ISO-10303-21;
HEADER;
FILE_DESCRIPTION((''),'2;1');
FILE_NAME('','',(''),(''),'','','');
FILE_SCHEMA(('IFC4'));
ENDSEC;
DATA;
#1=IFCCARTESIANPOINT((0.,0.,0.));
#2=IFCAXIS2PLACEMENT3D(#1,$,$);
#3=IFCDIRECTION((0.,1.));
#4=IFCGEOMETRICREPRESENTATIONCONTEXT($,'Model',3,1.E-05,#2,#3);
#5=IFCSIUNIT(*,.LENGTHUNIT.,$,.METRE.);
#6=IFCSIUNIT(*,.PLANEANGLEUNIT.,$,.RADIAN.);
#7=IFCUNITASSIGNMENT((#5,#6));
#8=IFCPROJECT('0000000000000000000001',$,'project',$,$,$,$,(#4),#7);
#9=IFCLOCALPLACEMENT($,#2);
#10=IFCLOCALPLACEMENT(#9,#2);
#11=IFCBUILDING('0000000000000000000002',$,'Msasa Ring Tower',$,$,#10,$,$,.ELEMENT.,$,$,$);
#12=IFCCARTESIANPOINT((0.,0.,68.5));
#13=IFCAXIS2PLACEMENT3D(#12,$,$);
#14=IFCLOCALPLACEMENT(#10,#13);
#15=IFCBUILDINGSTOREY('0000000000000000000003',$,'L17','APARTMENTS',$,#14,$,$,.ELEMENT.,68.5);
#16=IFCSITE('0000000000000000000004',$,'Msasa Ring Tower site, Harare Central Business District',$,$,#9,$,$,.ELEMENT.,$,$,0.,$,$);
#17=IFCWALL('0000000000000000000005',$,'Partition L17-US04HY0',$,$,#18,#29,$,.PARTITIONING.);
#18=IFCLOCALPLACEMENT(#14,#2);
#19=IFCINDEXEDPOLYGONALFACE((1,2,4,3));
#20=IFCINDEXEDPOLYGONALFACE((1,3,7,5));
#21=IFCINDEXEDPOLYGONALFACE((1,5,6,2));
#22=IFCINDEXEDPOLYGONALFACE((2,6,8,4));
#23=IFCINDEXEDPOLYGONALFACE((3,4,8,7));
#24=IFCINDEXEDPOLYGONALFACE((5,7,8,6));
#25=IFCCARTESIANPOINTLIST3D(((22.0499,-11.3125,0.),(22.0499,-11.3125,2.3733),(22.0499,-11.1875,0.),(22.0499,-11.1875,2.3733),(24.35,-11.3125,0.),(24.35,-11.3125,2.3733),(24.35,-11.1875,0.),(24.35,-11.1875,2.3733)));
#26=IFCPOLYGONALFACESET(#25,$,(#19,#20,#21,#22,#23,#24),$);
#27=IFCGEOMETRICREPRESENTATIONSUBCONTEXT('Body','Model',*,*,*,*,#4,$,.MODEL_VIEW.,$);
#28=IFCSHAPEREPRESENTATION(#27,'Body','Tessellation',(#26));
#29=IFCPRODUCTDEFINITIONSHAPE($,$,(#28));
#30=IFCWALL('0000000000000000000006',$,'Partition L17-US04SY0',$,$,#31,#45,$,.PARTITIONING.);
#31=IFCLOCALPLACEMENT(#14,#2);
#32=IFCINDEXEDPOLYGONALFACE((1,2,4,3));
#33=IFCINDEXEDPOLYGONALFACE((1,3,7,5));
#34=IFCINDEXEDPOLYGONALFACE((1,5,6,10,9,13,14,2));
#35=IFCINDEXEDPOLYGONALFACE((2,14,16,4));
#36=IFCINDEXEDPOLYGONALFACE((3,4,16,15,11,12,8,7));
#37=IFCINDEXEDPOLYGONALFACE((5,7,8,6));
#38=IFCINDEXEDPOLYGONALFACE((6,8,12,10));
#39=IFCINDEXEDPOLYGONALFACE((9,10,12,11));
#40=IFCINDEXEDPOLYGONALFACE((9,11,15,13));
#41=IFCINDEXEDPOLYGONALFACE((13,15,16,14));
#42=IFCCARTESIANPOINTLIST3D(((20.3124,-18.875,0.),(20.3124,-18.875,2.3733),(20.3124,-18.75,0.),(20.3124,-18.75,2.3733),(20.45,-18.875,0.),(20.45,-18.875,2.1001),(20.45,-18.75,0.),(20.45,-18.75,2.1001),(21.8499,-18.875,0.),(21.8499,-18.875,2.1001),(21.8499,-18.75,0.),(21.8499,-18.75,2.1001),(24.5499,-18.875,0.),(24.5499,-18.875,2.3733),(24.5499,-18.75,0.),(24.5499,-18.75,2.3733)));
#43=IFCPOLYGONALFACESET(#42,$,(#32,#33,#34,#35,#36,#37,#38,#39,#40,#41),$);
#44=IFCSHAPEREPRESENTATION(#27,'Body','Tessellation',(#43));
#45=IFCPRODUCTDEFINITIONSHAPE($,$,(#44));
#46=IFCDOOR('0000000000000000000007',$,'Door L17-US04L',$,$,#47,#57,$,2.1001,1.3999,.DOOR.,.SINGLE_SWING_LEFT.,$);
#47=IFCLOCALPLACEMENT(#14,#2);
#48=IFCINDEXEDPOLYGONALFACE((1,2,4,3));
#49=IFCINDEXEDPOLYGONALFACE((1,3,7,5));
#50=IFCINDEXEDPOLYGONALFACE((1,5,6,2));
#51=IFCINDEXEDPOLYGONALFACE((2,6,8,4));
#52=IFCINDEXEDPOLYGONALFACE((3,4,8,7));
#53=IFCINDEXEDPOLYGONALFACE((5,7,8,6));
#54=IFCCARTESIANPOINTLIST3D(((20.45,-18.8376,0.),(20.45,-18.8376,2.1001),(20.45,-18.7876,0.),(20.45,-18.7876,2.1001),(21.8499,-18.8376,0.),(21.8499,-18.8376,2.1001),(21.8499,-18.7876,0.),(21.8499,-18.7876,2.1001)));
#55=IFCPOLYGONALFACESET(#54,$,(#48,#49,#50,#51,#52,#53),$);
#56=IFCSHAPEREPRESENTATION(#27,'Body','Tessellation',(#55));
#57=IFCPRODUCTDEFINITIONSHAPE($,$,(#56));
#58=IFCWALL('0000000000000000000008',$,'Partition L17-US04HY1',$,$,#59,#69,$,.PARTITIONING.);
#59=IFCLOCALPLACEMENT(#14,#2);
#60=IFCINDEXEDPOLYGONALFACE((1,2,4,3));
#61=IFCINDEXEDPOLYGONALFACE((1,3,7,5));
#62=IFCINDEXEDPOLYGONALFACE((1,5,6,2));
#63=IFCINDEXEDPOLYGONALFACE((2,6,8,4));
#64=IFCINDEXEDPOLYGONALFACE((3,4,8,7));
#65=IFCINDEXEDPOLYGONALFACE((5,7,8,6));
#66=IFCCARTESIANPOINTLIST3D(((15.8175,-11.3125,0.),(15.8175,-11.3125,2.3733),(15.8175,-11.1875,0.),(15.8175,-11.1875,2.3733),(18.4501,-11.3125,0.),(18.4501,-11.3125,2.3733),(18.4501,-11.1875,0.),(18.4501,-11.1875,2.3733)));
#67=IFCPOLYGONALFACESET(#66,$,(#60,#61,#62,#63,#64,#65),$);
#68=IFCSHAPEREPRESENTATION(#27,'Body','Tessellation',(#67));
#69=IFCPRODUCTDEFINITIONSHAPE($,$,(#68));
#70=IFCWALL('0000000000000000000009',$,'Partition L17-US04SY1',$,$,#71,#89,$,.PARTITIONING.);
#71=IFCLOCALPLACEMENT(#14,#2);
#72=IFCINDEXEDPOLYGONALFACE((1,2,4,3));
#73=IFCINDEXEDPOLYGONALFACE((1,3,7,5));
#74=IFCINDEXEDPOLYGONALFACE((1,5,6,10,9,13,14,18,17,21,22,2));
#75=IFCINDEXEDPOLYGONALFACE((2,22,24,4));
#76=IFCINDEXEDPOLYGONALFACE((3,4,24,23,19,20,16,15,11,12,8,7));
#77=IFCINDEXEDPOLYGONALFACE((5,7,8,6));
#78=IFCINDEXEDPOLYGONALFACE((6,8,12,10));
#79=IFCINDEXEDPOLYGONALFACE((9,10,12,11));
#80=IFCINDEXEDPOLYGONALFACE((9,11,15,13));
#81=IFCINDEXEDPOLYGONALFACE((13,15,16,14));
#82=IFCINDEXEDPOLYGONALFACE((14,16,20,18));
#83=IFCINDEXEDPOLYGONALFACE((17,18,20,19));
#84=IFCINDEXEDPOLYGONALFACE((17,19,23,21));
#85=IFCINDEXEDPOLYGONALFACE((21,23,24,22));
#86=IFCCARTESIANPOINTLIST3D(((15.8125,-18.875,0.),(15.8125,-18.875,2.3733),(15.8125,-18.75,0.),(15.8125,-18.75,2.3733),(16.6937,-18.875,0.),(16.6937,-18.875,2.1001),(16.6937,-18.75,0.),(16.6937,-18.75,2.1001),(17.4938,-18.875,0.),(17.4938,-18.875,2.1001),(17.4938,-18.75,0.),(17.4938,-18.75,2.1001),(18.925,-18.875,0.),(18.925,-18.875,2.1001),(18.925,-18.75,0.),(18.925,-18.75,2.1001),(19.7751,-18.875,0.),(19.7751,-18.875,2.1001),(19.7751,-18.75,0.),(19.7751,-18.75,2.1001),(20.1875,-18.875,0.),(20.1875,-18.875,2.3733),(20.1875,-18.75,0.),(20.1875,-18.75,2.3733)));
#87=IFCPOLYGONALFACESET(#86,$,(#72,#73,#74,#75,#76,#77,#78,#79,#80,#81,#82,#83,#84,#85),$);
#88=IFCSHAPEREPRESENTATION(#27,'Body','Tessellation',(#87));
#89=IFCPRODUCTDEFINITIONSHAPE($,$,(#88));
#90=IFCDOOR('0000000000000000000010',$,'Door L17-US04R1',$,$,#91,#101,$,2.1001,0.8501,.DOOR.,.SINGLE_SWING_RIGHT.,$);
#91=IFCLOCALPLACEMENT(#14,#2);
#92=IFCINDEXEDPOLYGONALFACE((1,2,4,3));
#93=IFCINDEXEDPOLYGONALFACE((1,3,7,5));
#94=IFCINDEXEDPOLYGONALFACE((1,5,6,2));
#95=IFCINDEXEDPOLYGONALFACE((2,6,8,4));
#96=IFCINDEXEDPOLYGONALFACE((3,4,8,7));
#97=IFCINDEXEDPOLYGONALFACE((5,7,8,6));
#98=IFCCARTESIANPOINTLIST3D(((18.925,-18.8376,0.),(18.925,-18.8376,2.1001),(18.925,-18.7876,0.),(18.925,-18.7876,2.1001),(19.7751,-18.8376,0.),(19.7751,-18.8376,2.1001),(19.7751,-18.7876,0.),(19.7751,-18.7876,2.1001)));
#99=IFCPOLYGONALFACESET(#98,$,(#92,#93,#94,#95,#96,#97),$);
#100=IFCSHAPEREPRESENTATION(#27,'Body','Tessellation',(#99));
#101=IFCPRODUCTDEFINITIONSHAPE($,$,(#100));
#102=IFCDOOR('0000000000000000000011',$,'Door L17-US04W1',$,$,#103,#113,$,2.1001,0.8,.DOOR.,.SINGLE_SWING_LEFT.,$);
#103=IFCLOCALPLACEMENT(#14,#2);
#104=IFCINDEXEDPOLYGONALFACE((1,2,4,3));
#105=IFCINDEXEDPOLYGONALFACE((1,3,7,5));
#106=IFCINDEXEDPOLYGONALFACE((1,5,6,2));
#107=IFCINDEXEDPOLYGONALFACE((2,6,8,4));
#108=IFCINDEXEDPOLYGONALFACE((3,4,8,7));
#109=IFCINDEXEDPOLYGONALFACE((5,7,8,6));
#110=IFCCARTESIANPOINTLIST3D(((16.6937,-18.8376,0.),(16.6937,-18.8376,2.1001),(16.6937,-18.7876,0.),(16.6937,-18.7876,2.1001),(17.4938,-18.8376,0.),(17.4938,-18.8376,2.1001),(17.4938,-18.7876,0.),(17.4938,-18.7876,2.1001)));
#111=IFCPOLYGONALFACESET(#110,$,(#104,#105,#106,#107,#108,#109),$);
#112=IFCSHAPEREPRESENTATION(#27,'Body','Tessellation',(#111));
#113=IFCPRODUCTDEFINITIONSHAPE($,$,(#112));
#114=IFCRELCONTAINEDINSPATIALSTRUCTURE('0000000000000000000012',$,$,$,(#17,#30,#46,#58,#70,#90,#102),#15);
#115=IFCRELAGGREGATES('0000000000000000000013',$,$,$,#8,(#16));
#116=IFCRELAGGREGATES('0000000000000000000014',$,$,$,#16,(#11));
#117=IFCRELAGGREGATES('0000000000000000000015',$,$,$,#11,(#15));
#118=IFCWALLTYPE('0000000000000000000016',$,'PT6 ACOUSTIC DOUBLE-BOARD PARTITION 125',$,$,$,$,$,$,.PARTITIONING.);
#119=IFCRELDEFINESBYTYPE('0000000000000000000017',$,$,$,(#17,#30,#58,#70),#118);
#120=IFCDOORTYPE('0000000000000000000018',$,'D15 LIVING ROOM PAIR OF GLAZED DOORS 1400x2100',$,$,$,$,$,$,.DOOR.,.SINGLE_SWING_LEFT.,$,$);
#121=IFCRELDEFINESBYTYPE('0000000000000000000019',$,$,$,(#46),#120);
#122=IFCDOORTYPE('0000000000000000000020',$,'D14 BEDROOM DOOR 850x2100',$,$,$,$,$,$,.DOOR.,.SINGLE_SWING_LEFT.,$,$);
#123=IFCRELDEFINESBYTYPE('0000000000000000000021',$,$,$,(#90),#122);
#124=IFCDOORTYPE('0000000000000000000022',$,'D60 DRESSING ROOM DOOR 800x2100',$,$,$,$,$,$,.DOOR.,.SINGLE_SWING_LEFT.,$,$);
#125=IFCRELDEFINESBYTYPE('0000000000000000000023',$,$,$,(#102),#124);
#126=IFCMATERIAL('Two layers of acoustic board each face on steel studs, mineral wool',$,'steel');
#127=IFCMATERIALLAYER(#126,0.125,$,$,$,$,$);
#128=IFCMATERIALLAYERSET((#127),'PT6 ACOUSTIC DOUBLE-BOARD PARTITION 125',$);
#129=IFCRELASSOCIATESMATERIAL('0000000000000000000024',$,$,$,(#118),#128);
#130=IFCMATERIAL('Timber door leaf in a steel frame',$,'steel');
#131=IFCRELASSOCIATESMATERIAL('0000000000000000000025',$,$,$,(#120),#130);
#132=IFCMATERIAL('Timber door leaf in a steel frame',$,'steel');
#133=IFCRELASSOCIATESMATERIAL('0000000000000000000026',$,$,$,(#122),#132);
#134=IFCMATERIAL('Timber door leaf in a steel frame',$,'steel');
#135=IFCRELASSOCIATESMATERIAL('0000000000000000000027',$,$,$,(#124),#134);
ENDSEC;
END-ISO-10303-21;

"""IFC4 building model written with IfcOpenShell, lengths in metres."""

from ifc_helpers import new_model, si_unit, direction, frame, frame_2d, origin, place, context, subcontext, project, spatial, rectangle, extrude, material, layer, layer_set, type_object, element, fill, save


model = new_model("IFC4")

# Units and contexts
model_context = context("Model", 3, precision=1e-05, world=origin(), true_north=direction((0.0, 1.0)))
body_context = subcontext(model_context, "Body", "Model", "MODEL_VIEW")
ifc_project = project(units=[si_unit("LENGTHUNIT", "METRE"), si_unit("PLANEANGLEUNIT", "RADIAN")], contexts=[model_context])

# Site, building, storey
site_placement = place(None, origin())
site = spatial("IfcSite", under=ifc_project, at=site_placement, Name="Msasa Ring Tower site, Harare Central Business District", CompositionType="ELEMENT", RefElevation=0.0)
building_placement = place(site_placement, origin())
building = spatial("IfcBuilding", under=site, at=building_placement, Name="Msasa Ring Tower", CompositionType="ELEMENT")
storey_placement = place(building_placement, frame((0.0, 0.0, 68.5)))
storey = spatial("IfcBuildingStorey", under=building, at=storey_placement, Name="L17", Description="APARTMENTS", CompositionType="ELEMENT", Elevation=68.5)

# Wall
ifc_material_1 = material(Name="Two layers of acoustic board each face on steel studs, mineral wool", Category="steel")
ifc_layer_1 = layer(ifc_material_1, 0.125)
ifc_layer_set_1 = layer_set([ifc_layer_1], Name="PT6 ACOUSTIC DOUBLE-BOARD PARTITION 125")
wall_type_1 = type_object("IfcWallType", Name="PT6 ACOUSTIC DOUBLE-BOARD PARTITION 125", PredefinedType="PARTITIONING", material=ifc_layer_set_1)
wall_1_placement = place(storey_placement, frame((22.05, -11.25, 0.0), z_axis=(0.0, 0.0, 1.0), x_axis=(1.0, 0.0, 0.0)))
element("IfcWall", 1, at=wall_1_placement, inside=storey, type_object=wall_type_1, Name="Partition L17-US04HY0", PredefinedType="PARTITIONING", context=body_context, shape_type="SweptSolid", body=[
    extrude(rectangle(XDim=2.3, YDim=0.125, at=frame_2d((1.1499, 0.0))), origin(), (0.0, 0.0, 1.0), 2.3733),
])

# Wall, opening, door
wall_2_placement = place(storey_placement, frame((20.3125, -18.8125, 0.0), z_axis=(0.0, 0.0, 1.0), x_axis=(1.0, 0.0, 0.0)))
wall_2 = element("IfcWall", 2, at=wall_2_placement, inside=storey, type_object=wall_type_1, Name="Partition L17-US04SY0", PredefinedType="PARTITIONING", context=body_context, shape_type="SweptSolid", body=[
    extrude(rectangle(XDim=4.2375, YDim=0.125, at=frame_2d((2.1187, 0.0))), origin(), (0.0, 0.0, 1.0), 2.3733),
])
opening_1_placement = place(wall_2_placement, frame((0.1375, 0.0, 0.0)))
opening_1 = element("IfcOpeningElement", 3, at=opening_1_placement, cuts=wall_2, PredefinedType="OPENING", context=body_context, shape_type="SweptSolid", body=[
    extrude(rectangle(XDim=1.3999, YDim=2.1001, at=frame_2d((0.7, 1.05))), frame((0.0, 0.0725, 0.0), z_axis=(0.0, -1.0, 0.0), x_axis=(1.0, 0.0, 0.0)), (0.0, 0.0, 1.0), 0.145),
])
ifc_material_2 = material(Name="Timber door leaf in a steel frame", Category="steel")
door_type_1 = type_object("IfcDoorType", Name="D15 LIVING ROOM PAIR OF GLAZED DOORS 1400x2100", OperationType="SINGLE_SWING_LEFT", PredefinedType="DOOR", material=ifc_material_2)
door_1_placement = place(opening_1_placement, origin())
door_1 = element("IfcDoor", 4, at=door_1_placement, inside=storey, type_object=door_type_1, Name="Door L17-US04L", OperationType="SINGLE_SWING_LEFT", OverallHeight=2.1001, OverallWidth=1.3999, PredefinedType="DOOR", context=body_context, shape_type="SweptSolid", body=[
    extrude(rectangle(XDim=1.3999, YDim=2.1001, at=frame_2d((0.7, 1.05))), frame((0.0, 0.0249, 0.0), z_axis=(0.0, -1.0, 0.0), x_axis=(1.0, 0.0, 0.0)), (0.0, 0.0, 1.0), 0.05),
])
fill(opening_1, door_1)

# Wall
wall_3_placement = place(storey_placement, frame((15.8174, -11.25, 0.0), z_axis=(0.0, 0.0, 1.0), x_axis=(1.0, 0.0, 0.0)))
element("IfcWall", 5, at=wall_3_placement, inside=storey, type_object=wall_type_1, Name="Partition L17-US04HY1", PredefinedType="PARTITIONING", context=body_context, shape_type="SweptSolid", body=[
    extrude(rectangle(XDim=2.6326, YDim=0.125, at=frame_2d((1.3164, 0.0))), origin(), (0.0, 0.0, 1.0), 2.3733),
])

# Wall, openings, doors
wall_4_placement = place(storey_placement, frame((15.8125, -18.8125, 0.0), z_axis=(0.0, 0.0, 1.0), x_axis=(1.0, 0.0, 0.0)))
wall_4 = element("IfcWall", 6, at=wall_4_placement, inside=storey, type_object=wall_type_1, Name="Partition L17-US04SY1", PredefinedType="PARTITIONING", context=body_context, shape_type="SweptSolid", body=[
    extrude(rectangle(XDim=4.375, YDim=0.125, at=frame_2d((2.1875, 0.0))), origin(), (0.0, 0.0, 1.0), 2.3733),
])
opening_2_placement = place(wall_4_placement, frame((3.1125, 0.0, 0.0)))
opening_2 = element("IfcOpeningElement", 7, at=opening_2_placement, cuts=wall_4, PredefinedType="OPENING", context=body_context, shape_type="SweptSolid", body=[
    extrude(rectangle(XDim=0.8501, YDim=2.1001, at=frame_2d((0.425, 1.05))), frame((0.0, 0.0725, 0.0), z_axis=(0.0, -1.0, 0.0), x_axis=(1.0, 0.0, 0.0)), (0.0, 0.0, 1.0), 0.145),
])
opening_3_placement = place(wall_4_placement, frame((0.8813, 0.0, 0.0)))
opening_3 = element("IfcOpeningElement", 8, at=opening_3_placement, cuts=wall_4, PredefinedType="OPENING", context=body_context, shape_type="SweptSolid", body=[
    extrude(rectangle(XDim=0.8, YDim=2.1001, at=frame_2d((0.3999, 1.05))), frame((0.0, 0.0725, 0.0), z_axis=(0.0, -1.0, 0.0), x_axis=(1.0, 0.0, 0.0)), (0.0, 0.0, 1.0), 0.145),
])
ifc_material_3 = material(Name="Timber door leaf in a steel frame", Category="steel")
door_type_2 = type_object("IfcDoorType", Name="D14 BEDROOM DOOR 850x2100", OperationType="SINGLE_SWING_LEFT", PredefinedType="DOOR", material=ifc_material_3)
door_2_placement = place(opening_2_placement, origin())
door_2 = element("IfcDoor", 9, at=door_2_placement, inside=storey, type_object=door_type_2, Name="Door L17-US04R1", OperationType="SINGLE_SWING_RIGHT", OverallHeight=2.1001, OverallWidth=0.8501, PredefinedType="DOOR", context=body_context, shape_type="SweptSolid", body=[
    extrude(rectangle(XDim=0.8501, YDim=2.1001, at=frame_2d((0.425, 1.05))), frame((0.0, 0.0249, 0.0), z_axis=(0.0, -1.0, 0.0), x_axis=(1.0, 0.0, 0.0)), (0.0, 0.0, 1.0), 0.05),
])
fill(opening_2, door_2)
ifc_material_4 = material(Name="Timber door leaf in a steel frame", Category="steel")
door_type_3 = type_object("IfcDoorType", Name="D60 DRESSING ROOM DOOR 800x2100", OperationType="SINGLE_SWING_LEFT", PredefinedType="DOOR", material=ifc_material_4)
door_3_placement = place(opening_3_placement, origin())
door_3 = element("IfcDoor", 10, at=door_3_placement, inside=storey, type_object=door_type_3, Name="Door L17-US04W1", OperationType="SINGLE_SWING_LEFT", OverallHeight=2.1001, OverallWidth=0.8, PredefinedType="DOOR", context=body_context, shape_type="SweptSolid", body=[
    extrude(rectangle(XDim=0.8, YDim=2.1001, at=frame_2d((0.3999, 1.05))), frame((0.0, 0.0249, 0.0), z_axis=(0.0, -1.0, 0.0), x_axis=(1.0, 0.0, 0.0)), (0.0, 0.0, 1.0), 0.05),
])
fill(opening_3, door_3)

save(model, "model.ifc")
